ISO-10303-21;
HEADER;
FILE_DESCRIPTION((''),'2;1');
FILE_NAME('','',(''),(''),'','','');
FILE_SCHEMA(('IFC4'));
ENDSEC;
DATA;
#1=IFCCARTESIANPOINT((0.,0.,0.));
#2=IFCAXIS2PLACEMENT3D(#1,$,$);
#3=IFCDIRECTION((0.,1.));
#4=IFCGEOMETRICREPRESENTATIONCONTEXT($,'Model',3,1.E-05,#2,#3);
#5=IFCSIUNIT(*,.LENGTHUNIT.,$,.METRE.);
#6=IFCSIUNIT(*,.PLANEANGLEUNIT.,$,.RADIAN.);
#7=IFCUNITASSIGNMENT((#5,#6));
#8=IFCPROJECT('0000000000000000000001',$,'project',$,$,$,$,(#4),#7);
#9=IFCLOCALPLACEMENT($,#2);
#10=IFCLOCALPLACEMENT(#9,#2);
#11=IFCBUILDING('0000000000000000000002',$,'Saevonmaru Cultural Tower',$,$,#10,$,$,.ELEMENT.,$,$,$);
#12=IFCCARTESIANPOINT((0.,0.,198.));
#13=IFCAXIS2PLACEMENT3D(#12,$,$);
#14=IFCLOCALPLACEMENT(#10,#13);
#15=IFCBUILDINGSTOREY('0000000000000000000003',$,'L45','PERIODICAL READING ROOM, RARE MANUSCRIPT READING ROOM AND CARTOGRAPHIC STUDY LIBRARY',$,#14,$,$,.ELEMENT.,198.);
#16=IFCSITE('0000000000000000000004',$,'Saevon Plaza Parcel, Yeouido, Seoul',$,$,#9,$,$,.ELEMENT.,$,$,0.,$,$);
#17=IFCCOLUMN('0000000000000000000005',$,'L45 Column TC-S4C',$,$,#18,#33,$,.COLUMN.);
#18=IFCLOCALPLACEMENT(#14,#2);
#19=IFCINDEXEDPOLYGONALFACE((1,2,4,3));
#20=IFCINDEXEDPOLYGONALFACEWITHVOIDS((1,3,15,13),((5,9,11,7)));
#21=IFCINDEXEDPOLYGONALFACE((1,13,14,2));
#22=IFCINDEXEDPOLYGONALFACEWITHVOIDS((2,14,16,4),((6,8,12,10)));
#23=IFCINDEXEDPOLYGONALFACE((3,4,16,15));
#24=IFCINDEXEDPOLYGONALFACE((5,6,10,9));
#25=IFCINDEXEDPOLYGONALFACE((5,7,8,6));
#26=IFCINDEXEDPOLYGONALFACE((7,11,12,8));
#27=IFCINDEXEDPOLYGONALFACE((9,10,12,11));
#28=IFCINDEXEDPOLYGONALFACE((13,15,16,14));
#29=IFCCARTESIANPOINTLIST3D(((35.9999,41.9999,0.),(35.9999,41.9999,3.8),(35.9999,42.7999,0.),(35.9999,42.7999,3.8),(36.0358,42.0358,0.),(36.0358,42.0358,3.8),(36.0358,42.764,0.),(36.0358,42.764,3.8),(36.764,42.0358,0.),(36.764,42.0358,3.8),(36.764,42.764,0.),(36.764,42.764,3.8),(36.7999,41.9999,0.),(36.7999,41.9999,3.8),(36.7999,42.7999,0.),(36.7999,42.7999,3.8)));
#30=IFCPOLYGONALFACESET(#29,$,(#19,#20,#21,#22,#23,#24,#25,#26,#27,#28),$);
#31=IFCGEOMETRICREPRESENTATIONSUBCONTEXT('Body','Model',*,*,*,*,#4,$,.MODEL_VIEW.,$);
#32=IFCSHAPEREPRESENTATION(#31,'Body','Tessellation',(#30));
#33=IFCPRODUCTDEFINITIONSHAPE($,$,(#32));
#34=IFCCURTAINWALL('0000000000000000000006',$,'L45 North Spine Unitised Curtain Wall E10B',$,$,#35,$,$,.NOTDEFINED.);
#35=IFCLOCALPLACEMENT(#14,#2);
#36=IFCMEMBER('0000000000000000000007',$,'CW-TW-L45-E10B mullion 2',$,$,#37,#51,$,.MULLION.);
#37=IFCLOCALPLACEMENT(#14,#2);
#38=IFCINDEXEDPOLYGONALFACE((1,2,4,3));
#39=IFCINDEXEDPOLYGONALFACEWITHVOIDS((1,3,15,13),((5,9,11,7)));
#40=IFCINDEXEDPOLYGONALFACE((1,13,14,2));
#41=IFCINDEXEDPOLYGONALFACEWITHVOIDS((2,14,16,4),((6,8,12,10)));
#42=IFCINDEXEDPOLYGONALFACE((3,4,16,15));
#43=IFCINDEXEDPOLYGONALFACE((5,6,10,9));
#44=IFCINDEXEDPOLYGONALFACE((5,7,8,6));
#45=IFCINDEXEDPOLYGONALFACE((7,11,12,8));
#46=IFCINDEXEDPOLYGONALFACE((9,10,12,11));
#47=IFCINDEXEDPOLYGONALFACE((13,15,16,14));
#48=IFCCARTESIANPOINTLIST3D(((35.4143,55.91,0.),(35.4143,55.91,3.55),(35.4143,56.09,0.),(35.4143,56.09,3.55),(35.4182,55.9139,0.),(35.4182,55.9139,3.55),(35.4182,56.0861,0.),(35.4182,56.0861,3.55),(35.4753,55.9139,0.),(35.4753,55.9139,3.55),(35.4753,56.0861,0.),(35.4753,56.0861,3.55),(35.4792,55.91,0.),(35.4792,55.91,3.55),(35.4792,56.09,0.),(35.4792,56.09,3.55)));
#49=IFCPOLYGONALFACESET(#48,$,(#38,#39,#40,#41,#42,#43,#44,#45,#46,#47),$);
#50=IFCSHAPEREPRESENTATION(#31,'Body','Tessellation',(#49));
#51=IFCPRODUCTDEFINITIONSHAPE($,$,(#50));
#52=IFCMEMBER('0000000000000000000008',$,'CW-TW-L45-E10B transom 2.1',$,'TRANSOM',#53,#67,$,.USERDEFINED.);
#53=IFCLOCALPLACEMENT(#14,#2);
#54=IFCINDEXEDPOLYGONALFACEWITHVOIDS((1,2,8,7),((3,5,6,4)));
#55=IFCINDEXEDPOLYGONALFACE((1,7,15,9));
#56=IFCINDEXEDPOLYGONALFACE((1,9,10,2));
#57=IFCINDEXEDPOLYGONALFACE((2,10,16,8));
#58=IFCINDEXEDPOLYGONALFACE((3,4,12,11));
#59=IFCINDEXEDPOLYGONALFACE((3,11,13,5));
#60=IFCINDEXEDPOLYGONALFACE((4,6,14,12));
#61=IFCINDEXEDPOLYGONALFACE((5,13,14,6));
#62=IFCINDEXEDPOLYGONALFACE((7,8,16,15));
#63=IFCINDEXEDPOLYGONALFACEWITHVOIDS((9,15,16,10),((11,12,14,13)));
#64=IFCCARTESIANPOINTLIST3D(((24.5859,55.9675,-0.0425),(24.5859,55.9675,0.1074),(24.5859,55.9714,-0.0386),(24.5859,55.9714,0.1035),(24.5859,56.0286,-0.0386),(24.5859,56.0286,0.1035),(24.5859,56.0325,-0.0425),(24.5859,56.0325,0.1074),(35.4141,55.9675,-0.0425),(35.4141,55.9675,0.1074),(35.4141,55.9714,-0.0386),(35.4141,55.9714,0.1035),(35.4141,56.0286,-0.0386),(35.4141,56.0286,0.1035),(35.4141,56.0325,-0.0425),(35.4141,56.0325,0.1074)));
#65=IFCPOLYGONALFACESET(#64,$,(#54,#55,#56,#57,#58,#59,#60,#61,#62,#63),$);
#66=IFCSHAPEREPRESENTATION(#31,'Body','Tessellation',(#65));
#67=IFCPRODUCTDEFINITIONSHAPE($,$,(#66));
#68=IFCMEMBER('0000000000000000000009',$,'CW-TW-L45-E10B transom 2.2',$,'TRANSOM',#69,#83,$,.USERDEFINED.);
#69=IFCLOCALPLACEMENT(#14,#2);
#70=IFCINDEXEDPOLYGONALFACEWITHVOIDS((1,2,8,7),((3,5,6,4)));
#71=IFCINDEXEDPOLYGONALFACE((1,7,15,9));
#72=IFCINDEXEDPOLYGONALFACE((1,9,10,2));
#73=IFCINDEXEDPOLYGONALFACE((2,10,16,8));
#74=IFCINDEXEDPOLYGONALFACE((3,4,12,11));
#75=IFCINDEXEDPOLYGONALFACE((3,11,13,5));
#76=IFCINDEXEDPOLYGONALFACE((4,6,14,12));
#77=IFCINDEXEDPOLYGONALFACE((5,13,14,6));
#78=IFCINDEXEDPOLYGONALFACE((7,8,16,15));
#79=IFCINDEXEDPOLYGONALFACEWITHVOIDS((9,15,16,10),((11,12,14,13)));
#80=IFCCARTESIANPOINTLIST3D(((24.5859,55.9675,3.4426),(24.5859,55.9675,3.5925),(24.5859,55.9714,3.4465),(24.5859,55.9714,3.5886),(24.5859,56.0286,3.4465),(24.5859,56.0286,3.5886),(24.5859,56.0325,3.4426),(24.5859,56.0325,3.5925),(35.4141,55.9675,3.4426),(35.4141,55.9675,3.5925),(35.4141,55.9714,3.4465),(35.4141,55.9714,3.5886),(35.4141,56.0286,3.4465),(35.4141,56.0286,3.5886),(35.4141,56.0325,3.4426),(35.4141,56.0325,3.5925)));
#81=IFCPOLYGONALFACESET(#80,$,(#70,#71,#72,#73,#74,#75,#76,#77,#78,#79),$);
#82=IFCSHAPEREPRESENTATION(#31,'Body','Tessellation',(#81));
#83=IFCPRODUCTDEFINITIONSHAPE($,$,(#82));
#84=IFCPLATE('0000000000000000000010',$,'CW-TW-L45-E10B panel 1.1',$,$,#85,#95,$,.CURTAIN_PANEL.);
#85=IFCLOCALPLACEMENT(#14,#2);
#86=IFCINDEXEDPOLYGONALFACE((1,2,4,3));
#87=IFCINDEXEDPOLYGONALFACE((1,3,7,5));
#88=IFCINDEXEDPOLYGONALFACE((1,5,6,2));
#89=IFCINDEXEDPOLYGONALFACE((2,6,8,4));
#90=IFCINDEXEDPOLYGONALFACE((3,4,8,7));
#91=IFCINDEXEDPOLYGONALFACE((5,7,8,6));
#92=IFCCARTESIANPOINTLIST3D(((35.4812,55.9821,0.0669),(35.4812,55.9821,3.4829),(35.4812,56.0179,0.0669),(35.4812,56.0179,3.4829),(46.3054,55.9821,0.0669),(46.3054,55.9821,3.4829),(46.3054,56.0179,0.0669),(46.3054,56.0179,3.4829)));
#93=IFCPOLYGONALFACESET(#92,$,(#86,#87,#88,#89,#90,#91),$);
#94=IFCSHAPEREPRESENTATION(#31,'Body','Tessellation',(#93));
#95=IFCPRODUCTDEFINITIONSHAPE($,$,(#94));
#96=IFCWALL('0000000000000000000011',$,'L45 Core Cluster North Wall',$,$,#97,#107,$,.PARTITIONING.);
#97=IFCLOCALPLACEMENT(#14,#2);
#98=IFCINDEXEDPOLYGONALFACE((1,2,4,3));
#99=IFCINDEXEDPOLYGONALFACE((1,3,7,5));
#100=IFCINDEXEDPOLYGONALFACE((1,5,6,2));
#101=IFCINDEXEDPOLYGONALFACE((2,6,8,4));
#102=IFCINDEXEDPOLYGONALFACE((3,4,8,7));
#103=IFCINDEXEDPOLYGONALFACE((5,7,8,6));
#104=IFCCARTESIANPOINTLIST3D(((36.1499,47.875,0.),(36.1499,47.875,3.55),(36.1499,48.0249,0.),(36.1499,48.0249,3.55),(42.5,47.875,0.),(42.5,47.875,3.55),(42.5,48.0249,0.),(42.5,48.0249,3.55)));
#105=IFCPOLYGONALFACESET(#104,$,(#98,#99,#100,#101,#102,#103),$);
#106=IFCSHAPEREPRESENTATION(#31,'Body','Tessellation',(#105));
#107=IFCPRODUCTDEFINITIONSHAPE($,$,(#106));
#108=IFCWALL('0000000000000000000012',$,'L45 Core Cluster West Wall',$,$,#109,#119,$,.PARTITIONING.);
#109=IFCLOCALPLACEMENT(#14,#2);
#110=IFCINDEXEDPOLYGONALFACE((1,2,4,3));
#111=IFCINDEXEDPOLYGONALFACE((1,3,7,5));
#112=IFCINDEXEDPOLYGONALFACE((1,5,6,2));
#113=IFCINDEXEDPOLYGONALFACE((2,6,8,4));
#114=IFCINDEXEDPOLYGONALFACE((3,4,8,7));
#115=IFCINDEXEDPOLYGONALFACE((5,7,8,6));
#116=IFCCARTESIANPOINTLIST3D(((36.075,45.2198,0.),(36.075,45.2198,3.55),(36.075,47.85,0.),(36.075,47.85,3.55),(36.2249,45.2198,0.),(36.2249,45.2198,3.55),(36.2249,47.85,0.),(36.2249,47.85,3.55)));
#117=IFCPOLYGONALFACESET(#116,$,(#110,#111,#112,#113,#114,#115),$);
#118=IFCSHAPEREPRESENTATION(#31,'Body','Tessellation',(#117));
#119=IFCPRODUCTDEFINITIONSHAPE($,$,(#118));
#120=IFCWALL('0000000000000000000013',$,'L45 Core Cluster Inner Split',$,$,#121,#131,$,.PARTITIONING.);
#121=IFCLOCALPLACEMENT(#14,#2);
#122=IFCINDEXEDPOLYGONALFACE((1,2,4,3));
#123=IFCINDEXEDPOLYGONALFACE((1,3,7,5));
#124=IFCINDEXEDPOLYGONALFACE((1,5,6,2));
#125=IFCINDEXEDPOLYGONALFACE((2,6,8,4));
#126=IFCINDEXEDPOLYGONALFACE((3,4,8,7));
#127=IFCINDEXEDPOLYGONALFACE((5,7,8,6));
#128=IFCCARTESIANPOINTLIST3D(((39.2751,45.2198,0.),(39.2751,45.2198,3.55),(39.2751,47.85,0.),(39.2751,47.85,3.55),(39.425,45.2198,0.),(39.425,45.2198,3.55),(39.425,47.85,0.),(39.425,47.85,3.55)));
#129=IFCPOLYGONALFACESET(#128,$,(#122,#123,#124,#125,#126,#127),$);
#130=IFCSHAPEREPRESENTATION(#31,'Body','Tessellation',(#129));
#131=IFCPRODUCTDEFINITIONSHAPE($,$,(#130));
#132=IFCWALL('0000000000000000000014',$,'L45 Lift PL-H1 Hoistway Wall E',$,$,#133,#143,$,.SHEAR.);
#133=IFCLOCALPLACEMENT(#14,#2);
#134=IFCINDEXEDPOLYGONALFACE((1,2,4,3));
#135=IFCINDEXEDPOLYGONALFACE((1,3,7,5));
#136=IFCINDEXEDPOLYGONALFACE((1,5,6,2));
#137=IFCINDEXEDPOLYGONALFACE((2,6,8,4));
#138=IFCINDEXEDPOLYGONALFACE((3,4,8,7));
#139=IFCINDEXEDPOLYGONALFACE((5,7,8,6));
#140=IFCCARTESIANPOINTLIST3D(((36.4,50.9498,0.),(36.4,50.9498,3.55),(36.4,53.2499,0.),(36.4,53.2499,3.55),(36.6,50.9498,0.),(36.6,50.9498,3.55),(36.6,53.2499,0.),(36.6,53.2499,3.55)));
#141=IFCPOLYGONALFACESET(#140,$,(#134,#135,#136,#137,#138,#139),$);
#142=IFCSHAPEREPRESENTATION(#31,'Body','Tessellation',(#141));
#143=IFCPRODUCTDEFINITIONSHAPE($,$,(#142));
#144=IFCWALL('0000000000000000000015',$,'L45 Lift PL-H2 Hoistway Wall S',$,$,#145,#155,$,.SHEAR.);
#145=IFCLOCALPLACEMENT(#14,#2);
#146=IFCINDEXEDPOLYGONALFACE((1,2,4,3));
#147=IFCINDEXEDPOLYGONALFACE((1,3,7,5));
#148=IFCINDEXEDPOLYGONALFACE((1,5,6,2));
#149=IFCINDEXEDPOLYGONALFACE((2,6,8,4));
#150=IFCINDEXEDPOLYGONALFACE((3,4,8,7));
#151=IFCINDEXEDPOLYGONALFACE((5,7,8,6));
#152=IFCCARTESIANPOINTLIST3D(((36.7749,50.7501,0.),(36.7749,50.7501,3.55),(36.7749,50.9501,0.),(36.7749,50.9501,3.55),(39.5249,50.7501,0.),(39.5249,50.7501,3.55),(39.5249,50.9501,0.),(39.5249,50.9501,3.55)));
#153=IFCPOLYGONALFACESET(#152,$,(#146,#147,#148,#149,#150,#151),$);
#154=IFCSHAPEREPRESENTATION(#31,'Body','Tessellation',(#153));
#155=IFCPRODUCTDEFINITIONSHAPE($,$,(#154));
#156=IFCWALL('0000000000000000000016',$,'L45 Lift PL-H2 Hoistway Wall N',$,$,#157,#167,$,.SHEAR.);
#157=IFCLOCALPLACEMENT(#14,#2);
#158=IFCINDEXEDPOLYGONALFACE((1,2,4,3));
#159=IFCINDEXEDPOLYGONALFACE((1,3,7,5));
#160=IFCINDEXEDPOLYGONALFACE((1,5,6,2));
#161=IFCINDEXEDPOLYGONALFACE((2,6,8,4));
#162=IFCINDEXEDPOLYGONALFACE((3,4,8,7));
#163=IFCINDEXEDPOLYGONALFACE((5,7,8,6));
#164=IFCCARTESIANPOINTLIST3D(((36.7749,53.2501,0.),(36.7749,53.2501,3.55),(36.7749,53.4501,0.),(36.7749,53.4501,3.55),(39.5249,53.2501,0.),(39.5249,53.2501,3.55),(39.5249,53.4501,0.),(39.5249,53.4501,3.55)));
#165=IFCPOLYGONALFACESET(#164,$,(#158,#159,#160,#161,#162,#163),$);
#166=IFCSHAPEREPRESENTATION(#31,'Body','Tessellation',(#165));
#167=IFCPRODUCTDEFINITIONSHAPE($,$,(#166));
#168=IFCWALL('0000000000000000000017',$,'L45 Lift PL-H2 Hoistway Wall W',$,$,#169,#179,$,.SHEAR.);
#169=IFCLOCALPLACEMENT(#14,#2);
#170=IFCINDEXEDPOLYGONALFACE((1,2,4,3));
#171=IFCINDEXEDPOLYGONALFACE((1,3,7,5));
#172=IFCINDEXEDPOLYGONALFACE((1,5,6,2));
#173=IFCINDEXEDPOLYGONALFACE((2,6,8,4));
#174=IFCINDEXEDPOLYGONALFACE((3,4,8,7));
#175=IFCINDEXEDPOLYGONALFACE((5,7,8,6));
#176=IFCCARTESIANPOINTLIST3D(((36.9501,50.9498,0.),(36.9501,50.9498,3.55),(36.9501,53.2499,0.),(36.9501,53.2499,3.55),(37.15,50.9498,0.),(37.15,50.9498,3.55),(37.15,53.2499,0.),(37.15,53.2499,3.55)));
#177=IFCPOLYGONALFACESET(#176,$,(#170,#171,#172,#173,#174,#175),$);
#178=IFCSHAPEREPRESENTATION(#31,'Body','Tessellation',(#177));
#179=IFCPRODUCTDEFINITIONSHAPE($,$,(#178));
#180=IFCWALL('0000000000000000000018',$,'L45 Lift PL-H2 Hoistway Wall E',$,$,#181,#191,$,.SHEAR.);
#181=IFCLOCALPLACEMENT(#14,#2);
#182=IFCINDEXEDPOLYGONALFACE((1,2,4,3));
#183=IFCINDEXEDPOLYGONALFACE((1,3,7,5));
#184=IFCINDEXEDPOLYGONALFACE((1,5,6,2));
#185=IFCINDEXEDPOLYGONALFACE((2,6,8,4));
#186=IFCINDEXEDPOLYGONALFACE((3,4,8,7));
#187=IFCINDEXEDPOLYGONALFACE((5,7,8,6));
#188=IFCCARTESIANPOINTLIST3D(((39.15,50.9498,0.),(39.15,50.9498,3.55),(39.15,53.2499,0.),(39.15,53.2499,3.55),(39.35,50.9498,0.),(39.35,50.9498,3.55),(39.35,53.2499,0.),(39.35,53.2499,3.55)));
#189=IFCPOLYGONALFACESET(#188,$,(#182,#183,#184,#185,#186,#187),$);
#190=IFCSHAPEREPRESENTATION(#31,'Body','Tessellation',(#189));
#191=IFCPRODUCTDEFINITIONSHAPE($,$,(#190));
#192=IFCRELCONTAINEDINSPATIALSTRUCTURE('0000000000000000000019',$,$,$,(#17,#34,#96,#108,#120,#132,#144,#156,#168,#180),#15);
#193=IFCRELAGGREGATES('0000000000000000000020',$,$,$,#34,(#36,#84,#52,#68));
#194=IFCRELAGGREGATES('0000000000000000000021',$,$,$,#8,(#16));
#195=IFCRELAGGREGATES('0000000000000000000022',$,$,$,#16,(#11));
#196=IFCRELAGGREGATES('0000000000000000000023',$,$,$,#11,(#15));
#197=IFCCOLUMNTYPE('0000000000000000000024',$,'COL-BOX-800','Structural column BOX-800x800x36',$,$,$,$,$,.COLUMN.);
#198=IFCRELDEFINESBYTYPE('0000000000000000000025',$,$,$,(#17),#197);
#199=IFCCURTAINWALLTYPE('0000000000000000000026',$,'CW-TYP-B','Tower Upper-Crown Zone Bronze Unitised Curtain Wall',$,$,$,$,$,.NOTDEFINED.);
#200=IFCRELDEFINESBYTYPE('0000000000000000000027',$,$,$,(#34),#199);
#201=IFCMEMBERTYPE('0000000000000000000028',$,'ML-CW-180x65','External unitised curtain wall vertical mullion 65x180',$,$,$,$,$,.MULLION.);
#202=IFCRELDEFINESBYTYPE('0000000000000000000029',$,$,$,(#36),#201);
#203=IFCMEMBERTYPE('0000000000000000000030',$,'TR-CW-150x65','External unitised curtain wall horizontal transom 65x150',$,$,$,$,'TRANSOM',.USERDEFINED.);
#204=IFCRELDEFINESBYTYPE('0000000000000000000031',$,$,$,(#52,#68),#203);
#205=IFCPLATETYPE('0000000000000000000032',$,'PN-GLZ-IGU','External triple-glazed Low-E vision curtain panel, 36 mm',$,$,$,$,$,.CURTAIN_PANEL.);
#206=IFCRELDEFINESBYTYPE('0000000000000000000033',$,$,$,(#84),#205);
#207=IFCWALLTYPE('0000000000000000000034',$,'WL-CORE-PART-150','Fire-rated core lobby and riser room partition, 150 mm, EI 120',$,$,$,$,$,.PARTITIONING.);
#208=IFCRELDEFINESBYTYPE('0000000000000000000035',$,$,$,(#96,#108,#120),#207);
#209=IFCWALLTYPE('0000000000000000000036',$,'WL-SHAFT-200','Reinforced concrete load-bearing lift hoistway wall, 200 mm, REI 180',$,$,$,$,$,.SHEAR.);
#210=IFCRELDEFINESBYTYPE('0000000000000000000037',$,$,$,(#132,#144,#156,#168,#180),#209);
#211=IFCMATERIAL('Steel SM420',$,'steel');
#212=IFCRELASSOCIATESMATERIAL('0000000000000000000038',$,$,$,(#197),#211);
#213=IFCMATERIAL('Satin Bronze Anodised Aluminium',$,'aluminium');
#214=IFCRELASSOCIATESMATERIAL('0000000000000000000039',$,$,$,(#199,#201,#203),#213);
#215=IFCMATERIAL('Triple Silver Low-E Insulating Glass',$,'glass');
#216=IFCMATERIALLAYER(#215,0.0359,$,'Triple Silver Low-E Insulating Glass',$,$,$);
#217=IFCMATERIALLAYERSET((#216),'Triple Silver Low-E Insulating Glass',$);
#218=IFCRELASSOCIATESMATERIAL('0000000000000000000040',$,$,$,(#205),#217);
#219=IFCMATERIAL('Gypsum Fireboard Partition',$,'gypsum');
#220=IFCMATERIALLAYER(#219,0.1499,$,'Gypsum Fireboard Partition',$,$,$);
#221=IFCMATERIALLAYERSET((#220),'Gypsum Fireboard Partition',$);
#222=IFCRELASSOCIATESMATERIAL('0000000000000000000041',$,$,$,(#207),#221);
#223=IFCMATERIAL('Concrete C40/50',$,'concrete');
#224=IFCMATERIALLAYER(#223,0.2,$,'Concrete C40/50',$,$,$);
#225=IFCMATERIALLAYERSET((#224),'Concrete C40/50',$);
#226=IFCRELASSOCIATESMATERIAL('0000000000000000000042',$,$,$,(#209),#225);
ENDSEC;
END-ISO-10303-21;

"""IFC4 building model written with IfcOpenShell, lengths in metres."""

from ifc_helpers import new_model, si_unit, direction, frame, frame_2d, origin, origin_2d, place, context, subcontext, project, spatial, rectangle, hollow_rectangle, extrude, material, layer, layer_set, material_profile, profile_set, type_object, element, aggregate, save


model = new_model("IFC4")

# Units and contexts
model_context = context("Model", 3, precision=1e-05, world=origin(), true_north=direction((0.0, 1.0)))
body_context = subcontext(model_context, "Body", "Model", "MODEL_VIEW")
ifc_project = project(units=[si_unit("LENGTHUNIT", "METRE"), si_unit("PLANEANGLEUNIT", "RADIAN")], contexts=[model_context])

# Site, building, storey
site_placement = place(None, origin())
site = spatial("IfcSite", under=ifc_project, at=site_placement, Name="Saevon Plaza Parcel, Yeouido, Seoul", CompositionType="ELEMENT", RefElevation=0.0)
building_placement = place(site_placement, origin())
building = spatial("IfcBuilding", under=site, at=building_placement, Name="Saevonmaru Cultural Tower", CompositionType="ELEMENT")
storey_placement = place(building_placement, frame((0.0, 0.0, 198.0)))
storey = spatial("IfcBuildingStorey", under=building, at=storey_placement, Name="L45", Description="PERIODICAL READING ROOM, RARE MANUSCRIPT READING ROOM AND CARTOGRAPHIC STUDY LIBRARY", CompositionType="ELEMENT", Elevation=198.0)

# Column
ifc_material_1 = material(Name="Steel SM420", Category="steel")
ifc_material_profile_1 = material_profile(ifc_material_1, hollow_rectangle(XDim=0.8, YDim=0.8, WallThickness=0.0359, at=origin_2d()), Name="BOX-800x800x36")
ifc_profile_set_1 = profile_set([ifc_material_profile_1], Name="Steel SM420")
column_type = type_object("IfcColumnType", Name="COL-BOX-800", Description="Structural column BOX-800x800x36", PredefinedType="COLUMN", material=ifc_profile_set_1)
column_placement = place(storey_placement, frame((36.3999, 42.3999, 0.0), z_axis=(0.0, 0.0, 1.0), x_axis=(1.0, 0.0, 0.0)))
element("IfcColumn", 1, at=column_placement, inside=storey, type_object=column_type, Name="L45 Column TC-S4C", PredefinedType="COLUMN", context=body_context, shape_type="SweptSolid", body=[
    extrude(hollow_rectangle(XDim=0.8, YDim=0.8, WallThickness=0.0359, at=origin_2d()), origin(), (0.0, 0.0, 1.0), 3.8),
])

# Curtain wall, members, plate
ifc_material_2 = material(Name="Satin Bronze Anodised Aluminium", Category="aluminium")
curtain_wall_type = type_object("IfcCurtainWallType", Name="CW-TYP-B", Description="Tower Upper-Crown Zone Bronze Unitised Curtain Wall", PredefinedType="NOTDEFINED", material=ifc_material_2)
curtain_wall_placement = place(storey_placement, origin())
curtain_wall = element("IfcCurtainWall", 2, at=curtain_wall_placement, inside=storey, type_object=curtain_wall_type, Name="L45 North Spine Unitised Curtain Wall E10B", PredefinedType="NOTDEFINED")
ifc_material_profile_2 = material_profile(ifc_material_2, hollow_rectangle(XDim=0.0649, YDim=0.1799, WallThickness=0.0039, at=origin_2d()), Name="ALU-MULL-180x65x4")
ifc_profile_set_2 = profile_set([ifc_material_profile_2], Name="Satin Bronze Anodised Aluminium")
member_type_1 = type_object("IfcMemberType", Name="ML-CW-180x65", Description="External unitised curtain wall vertical mullion 65x180", PredefinedType="MULLION", material=ifc_profile_set_2)
member_1_placement = place(storey_placement, frame((35.4468, 56.0, 0.0), z_axis=(0.0, 0.0, 1.0), x_axis=(-1.0, 0.0, 0.0)))
member_1 = element("IfcMember", 3, at=member_1_placement, type_object=member_type_1, Name="CW-TW-L45-E10B mullion 2", PredefinedType="MULLION", context=body_context, shape_type="SweptSolid", body=[
    extrude(hollow_rectangle(XDim=0.0649, YDim=0.1799, WallThickness=0.0039, at=origin_2d()), origin(), (0.0, 0.0, 1.0), 3.55),
])
ifc_material_profile_3 = material_profile(ifc_material_2, hollow_rectangle(XDim=0.0649, YDim=0.1499, WallThickness=0.0039, at=origin_2d()), Name="ALU-TRAN-150x65x4")
ifc_profile_set_3 = profile_set([ifc_material_profile_3], Name="Satin Bronze Anodised Aluminium")
member_type_2 = type_object("IfcMemberType", Name="TR-CW-150x65", Description="External unitised curtain wall horizontal transom 65x150", ElementType="TRANSOM", PredefinedType="USERDEFINED", material=ifc_profile_set_3)
member_2_placement = place(storey_placement, frame((35.4141, 56.0, 0.0325), z_axis=(-1.0, 0.0, 0.0), x_axis=(0.0, -1.0, 0.0)))
member_2 = element("IfcMember", 4, at=member_2_placement, type_object=member_type_2, Name="CW-TW-L45-E10B transom 2.1", ObjectType="TRANSOM", PredefinedType="USERDEFINED", context=body_context, shape_type="SweptSolid", body=[
    extrude(hollow_rectangle(XDim=0.0649, YDim=0.1499, WallThickness=0.0039, at=origin_2d()), origin(), (0.0, 0.0, 1.0), 10.8281),
])
member_3_placement = place(storey_placement, frame((35.4141, 56.0, 3.5176), z_axis=(-1.0, 0.0, 0.0), x_axis=(0.0, -1.0, 0.0)))
member_3 = element("IfcMember", 5, at=member_3_placement, type_object=member_type_2, Name="CW-TW-L45-E10B transom 2.2", ObjectType="TRANSOM", PredefinedType="USERDEFINED", context=body_context, shape_type="SweptSolid", body=[
    extrude(hollow_rectangle(XDim=0.0649, YDim=0.1499, WallThickness=0.0039, at=origin_2d()), origin(), (0.0, 0.0, 1.0), 10.8281),
])
ifc_material_3 = material(Name="Triple Silver Low-E Insulating Glass", Category="glass")
ifc_layer_1 = layer(ifc_material_3, 0.0359, Name="Triple Silver Low-E Insulating Glass")
ifc_layer_set_1 = layer_set([ifc_layer_1], Name="Triple Silver Low-E Insulating Glass")
plate_type = type_object("IfcPlateType", Name="PN-GLZ-IGU", Description="External triple-glazed Low-E vision curtain panel, 36 mm", PredefinedType="CURTAIN_PANEL", material=ifc_layer_set_1)
plate_placement = place(storey_placement, frame((40.8933, 56.0, 0.0669), z_axis=(0.0, 0.0, 1.0), x_axis=(-1.0, 0.0, 0.0)))
plate = element("IfcPlate", 6, at=plate_placement, type_object=plate_type, Name="CW-TW-L45-E10B panel 1.1", PredefinedType="CURTAIN_PANEL", context=body_context, shape_type="SweptSolid", body=[
    extrude(rectangle(XDim=10.8242, YDim=0.0359, at=origin_2d()), origin(), (0.0, 0.0, 1.0), 3.416),
])
aggregate(curtain_wall, [member_1, plate, member_2, member_3])

# Shared definitions
ifc_material_4 = material(Name="Gypsum Fireboard Partition", Category="gypsum")
ifc_layer_2 = layer(ifc_material_4, 0.1499, Name="Gypsum Fireboard Partition")
ifc_layer_set_2 = layer_set([ifc_layer_2], Name="Gypsum Fireboard Partition")
wall_type_1 = type_object("IfcWallType", Name="WL-CORE-PART-150", Description="Fire-rated core lobby and riser room partition, 150 mm, EI 120", PredefinedType="PARTITIONING", material=ifc_layer_set_2)

# Walls
wall_1_placement = place(storey_placement, frame((36.1499, 47.95, 0.0), z_axis=(0.0, 0.0, 1.0), x_axis=(1.0, 0.0, 0.0)))
element("IfcWall", 7, at=wall_1_placement, inside=storey, type_object=wall_type_1, Name="L45 Core Cluster North Wall", PredefinedType="PARTITIONING", context=body_context, shape_type="SweptSolid", body=[
    extrude(rectangle(XDim=6.3501, YDim=0.1499, at=frame_2d((3.175, 0.0))), origin(), (0.0, 0.0, 1.0), 3.55),
])
for number, where, z_axis, x_axis, name in (
    (8, (36.1499, 45.22, 0.0), (0.0, 0.0, 1.0), (0.0, 1.0, 0.0), "L45 Core Cluster West Wall"),
    (9, (39.3501, 45.22, 0.0), (0.0, 0.0, 1.0), (0.0, 1.0, 0.0), "L45 Core Cluster Inner Split"),
):
    element("IfcWall", number, at=place(storey_placement, frame(where, z_axis=z_axis, x_axis=x_axis)), inside=storey, type_object=wall_type_1, Name=name, PredefinedType="PARTITIONING", context=body_context, shape_type="SweptSolid", body=[
        extrude(rectangle(XDim=2.6301, YDim=0.1499, at=frame_2d((1.3149, 0.0))), origin(), (0.0, 0.0, 1.0), 3.55),
    ])
ifc_material_5 = material(Name="Concrete C40/50", Category="concrete")
ifc_layer_3 = layer(ifc_material_5, 0.2, Name="Concrete C40/50")
ifc_layer_set_3 = layer_set([ifc_layer_3], Name="Concrete C40/50")
wall_type_2 = type_object("IfcWallType", Name="WL-SHAFT-200", Description="Reinforced concrete load-bearing lift hoistway wall, 200 mm, REI 180", PredefinedType="SHEAR", material=ifc_layer_set_3)
wall_2_placement = place(storey_placement, frame((36.5, 50.95, 0.0), z_axis=(0.0, 0.0, 1.0), x_axis=(0.0, 1.0, 0.0)))
element("IfcWall", 10, at=wall_2_placement, inside=storey, type_object=wall_type_2, Name="L45 Lift PL-H1 Hoistway Wall E", PredefinedType="SHEAR", context=body_context, shape_type="SweptSolid", body=[
    extrude(rectangle(XDim=2.3, YDim=0.2, at=frame_2d((1.1499, 0.0))), origin(), (0.0, 0.0, 1.0), 3.55),
])
for number, where, z_axis, x_axis, name in (
    (11, (36.7749, 50.8501, 0.0), (0.0, 0.0, 1.0), (1.0, 0.0, 0.0), "L45 Lift PL-H2 Hoistway Wall S"),
    (12, (36.7749, 53.3501, 0.0), (0.0, 0.0, 1.0), (1.0, 0.0, 0.0), "L45 Lift PL-H2 Hoistway Wall N"),
):
    element("IfcWall", number, at=place(storey_placement, frame(where, z_axis=z_axis, x_axis=x_axis)), inside=storey, type_object=wall_type_2, Name=name, PredefinedType="SHEAR", context=body_context, shape_type="SweptSolid", body=[
        extrude(rectangle(XDim=2.75, YDim=0.2, at=frame_2d((1.375, 0.0))), origin(), (0.0, 0.0, 1.0), 3.55),
    ])
for number, where, z_axis, x_axis, name in (
    (13, (37.05, 50.95, 0.0), (0.0, 0.0, 1.0), (0.0, 1.0, 0.0), "L45 Lift PL-H2 Hoistway Wall W"),
    (14, (39.25, 50.95, 0.0), (0.0, 0.0, 1.0), (0.0, 1.0, 0.0), "L45 Lift PL-H2 Hoistway Wall E"),
):
    element("IfcWall", number, at=place(storey_placement, frame(where, z_axis=z_axis, x_axis=x_axis)), inside=storey, type_object=wall_type_2, Name=name, PredefinedType="SHEAR", context=body_context, shape_type="SweptSolid", body=[
        extrude(rectangle(XDim=2.3, YDim=0.2, at=frame_2d((1.1499, 0.0))), origin(), (0.0, 0.0, 1.0), 3.55),
    ])

save(model, "model.ifc")
